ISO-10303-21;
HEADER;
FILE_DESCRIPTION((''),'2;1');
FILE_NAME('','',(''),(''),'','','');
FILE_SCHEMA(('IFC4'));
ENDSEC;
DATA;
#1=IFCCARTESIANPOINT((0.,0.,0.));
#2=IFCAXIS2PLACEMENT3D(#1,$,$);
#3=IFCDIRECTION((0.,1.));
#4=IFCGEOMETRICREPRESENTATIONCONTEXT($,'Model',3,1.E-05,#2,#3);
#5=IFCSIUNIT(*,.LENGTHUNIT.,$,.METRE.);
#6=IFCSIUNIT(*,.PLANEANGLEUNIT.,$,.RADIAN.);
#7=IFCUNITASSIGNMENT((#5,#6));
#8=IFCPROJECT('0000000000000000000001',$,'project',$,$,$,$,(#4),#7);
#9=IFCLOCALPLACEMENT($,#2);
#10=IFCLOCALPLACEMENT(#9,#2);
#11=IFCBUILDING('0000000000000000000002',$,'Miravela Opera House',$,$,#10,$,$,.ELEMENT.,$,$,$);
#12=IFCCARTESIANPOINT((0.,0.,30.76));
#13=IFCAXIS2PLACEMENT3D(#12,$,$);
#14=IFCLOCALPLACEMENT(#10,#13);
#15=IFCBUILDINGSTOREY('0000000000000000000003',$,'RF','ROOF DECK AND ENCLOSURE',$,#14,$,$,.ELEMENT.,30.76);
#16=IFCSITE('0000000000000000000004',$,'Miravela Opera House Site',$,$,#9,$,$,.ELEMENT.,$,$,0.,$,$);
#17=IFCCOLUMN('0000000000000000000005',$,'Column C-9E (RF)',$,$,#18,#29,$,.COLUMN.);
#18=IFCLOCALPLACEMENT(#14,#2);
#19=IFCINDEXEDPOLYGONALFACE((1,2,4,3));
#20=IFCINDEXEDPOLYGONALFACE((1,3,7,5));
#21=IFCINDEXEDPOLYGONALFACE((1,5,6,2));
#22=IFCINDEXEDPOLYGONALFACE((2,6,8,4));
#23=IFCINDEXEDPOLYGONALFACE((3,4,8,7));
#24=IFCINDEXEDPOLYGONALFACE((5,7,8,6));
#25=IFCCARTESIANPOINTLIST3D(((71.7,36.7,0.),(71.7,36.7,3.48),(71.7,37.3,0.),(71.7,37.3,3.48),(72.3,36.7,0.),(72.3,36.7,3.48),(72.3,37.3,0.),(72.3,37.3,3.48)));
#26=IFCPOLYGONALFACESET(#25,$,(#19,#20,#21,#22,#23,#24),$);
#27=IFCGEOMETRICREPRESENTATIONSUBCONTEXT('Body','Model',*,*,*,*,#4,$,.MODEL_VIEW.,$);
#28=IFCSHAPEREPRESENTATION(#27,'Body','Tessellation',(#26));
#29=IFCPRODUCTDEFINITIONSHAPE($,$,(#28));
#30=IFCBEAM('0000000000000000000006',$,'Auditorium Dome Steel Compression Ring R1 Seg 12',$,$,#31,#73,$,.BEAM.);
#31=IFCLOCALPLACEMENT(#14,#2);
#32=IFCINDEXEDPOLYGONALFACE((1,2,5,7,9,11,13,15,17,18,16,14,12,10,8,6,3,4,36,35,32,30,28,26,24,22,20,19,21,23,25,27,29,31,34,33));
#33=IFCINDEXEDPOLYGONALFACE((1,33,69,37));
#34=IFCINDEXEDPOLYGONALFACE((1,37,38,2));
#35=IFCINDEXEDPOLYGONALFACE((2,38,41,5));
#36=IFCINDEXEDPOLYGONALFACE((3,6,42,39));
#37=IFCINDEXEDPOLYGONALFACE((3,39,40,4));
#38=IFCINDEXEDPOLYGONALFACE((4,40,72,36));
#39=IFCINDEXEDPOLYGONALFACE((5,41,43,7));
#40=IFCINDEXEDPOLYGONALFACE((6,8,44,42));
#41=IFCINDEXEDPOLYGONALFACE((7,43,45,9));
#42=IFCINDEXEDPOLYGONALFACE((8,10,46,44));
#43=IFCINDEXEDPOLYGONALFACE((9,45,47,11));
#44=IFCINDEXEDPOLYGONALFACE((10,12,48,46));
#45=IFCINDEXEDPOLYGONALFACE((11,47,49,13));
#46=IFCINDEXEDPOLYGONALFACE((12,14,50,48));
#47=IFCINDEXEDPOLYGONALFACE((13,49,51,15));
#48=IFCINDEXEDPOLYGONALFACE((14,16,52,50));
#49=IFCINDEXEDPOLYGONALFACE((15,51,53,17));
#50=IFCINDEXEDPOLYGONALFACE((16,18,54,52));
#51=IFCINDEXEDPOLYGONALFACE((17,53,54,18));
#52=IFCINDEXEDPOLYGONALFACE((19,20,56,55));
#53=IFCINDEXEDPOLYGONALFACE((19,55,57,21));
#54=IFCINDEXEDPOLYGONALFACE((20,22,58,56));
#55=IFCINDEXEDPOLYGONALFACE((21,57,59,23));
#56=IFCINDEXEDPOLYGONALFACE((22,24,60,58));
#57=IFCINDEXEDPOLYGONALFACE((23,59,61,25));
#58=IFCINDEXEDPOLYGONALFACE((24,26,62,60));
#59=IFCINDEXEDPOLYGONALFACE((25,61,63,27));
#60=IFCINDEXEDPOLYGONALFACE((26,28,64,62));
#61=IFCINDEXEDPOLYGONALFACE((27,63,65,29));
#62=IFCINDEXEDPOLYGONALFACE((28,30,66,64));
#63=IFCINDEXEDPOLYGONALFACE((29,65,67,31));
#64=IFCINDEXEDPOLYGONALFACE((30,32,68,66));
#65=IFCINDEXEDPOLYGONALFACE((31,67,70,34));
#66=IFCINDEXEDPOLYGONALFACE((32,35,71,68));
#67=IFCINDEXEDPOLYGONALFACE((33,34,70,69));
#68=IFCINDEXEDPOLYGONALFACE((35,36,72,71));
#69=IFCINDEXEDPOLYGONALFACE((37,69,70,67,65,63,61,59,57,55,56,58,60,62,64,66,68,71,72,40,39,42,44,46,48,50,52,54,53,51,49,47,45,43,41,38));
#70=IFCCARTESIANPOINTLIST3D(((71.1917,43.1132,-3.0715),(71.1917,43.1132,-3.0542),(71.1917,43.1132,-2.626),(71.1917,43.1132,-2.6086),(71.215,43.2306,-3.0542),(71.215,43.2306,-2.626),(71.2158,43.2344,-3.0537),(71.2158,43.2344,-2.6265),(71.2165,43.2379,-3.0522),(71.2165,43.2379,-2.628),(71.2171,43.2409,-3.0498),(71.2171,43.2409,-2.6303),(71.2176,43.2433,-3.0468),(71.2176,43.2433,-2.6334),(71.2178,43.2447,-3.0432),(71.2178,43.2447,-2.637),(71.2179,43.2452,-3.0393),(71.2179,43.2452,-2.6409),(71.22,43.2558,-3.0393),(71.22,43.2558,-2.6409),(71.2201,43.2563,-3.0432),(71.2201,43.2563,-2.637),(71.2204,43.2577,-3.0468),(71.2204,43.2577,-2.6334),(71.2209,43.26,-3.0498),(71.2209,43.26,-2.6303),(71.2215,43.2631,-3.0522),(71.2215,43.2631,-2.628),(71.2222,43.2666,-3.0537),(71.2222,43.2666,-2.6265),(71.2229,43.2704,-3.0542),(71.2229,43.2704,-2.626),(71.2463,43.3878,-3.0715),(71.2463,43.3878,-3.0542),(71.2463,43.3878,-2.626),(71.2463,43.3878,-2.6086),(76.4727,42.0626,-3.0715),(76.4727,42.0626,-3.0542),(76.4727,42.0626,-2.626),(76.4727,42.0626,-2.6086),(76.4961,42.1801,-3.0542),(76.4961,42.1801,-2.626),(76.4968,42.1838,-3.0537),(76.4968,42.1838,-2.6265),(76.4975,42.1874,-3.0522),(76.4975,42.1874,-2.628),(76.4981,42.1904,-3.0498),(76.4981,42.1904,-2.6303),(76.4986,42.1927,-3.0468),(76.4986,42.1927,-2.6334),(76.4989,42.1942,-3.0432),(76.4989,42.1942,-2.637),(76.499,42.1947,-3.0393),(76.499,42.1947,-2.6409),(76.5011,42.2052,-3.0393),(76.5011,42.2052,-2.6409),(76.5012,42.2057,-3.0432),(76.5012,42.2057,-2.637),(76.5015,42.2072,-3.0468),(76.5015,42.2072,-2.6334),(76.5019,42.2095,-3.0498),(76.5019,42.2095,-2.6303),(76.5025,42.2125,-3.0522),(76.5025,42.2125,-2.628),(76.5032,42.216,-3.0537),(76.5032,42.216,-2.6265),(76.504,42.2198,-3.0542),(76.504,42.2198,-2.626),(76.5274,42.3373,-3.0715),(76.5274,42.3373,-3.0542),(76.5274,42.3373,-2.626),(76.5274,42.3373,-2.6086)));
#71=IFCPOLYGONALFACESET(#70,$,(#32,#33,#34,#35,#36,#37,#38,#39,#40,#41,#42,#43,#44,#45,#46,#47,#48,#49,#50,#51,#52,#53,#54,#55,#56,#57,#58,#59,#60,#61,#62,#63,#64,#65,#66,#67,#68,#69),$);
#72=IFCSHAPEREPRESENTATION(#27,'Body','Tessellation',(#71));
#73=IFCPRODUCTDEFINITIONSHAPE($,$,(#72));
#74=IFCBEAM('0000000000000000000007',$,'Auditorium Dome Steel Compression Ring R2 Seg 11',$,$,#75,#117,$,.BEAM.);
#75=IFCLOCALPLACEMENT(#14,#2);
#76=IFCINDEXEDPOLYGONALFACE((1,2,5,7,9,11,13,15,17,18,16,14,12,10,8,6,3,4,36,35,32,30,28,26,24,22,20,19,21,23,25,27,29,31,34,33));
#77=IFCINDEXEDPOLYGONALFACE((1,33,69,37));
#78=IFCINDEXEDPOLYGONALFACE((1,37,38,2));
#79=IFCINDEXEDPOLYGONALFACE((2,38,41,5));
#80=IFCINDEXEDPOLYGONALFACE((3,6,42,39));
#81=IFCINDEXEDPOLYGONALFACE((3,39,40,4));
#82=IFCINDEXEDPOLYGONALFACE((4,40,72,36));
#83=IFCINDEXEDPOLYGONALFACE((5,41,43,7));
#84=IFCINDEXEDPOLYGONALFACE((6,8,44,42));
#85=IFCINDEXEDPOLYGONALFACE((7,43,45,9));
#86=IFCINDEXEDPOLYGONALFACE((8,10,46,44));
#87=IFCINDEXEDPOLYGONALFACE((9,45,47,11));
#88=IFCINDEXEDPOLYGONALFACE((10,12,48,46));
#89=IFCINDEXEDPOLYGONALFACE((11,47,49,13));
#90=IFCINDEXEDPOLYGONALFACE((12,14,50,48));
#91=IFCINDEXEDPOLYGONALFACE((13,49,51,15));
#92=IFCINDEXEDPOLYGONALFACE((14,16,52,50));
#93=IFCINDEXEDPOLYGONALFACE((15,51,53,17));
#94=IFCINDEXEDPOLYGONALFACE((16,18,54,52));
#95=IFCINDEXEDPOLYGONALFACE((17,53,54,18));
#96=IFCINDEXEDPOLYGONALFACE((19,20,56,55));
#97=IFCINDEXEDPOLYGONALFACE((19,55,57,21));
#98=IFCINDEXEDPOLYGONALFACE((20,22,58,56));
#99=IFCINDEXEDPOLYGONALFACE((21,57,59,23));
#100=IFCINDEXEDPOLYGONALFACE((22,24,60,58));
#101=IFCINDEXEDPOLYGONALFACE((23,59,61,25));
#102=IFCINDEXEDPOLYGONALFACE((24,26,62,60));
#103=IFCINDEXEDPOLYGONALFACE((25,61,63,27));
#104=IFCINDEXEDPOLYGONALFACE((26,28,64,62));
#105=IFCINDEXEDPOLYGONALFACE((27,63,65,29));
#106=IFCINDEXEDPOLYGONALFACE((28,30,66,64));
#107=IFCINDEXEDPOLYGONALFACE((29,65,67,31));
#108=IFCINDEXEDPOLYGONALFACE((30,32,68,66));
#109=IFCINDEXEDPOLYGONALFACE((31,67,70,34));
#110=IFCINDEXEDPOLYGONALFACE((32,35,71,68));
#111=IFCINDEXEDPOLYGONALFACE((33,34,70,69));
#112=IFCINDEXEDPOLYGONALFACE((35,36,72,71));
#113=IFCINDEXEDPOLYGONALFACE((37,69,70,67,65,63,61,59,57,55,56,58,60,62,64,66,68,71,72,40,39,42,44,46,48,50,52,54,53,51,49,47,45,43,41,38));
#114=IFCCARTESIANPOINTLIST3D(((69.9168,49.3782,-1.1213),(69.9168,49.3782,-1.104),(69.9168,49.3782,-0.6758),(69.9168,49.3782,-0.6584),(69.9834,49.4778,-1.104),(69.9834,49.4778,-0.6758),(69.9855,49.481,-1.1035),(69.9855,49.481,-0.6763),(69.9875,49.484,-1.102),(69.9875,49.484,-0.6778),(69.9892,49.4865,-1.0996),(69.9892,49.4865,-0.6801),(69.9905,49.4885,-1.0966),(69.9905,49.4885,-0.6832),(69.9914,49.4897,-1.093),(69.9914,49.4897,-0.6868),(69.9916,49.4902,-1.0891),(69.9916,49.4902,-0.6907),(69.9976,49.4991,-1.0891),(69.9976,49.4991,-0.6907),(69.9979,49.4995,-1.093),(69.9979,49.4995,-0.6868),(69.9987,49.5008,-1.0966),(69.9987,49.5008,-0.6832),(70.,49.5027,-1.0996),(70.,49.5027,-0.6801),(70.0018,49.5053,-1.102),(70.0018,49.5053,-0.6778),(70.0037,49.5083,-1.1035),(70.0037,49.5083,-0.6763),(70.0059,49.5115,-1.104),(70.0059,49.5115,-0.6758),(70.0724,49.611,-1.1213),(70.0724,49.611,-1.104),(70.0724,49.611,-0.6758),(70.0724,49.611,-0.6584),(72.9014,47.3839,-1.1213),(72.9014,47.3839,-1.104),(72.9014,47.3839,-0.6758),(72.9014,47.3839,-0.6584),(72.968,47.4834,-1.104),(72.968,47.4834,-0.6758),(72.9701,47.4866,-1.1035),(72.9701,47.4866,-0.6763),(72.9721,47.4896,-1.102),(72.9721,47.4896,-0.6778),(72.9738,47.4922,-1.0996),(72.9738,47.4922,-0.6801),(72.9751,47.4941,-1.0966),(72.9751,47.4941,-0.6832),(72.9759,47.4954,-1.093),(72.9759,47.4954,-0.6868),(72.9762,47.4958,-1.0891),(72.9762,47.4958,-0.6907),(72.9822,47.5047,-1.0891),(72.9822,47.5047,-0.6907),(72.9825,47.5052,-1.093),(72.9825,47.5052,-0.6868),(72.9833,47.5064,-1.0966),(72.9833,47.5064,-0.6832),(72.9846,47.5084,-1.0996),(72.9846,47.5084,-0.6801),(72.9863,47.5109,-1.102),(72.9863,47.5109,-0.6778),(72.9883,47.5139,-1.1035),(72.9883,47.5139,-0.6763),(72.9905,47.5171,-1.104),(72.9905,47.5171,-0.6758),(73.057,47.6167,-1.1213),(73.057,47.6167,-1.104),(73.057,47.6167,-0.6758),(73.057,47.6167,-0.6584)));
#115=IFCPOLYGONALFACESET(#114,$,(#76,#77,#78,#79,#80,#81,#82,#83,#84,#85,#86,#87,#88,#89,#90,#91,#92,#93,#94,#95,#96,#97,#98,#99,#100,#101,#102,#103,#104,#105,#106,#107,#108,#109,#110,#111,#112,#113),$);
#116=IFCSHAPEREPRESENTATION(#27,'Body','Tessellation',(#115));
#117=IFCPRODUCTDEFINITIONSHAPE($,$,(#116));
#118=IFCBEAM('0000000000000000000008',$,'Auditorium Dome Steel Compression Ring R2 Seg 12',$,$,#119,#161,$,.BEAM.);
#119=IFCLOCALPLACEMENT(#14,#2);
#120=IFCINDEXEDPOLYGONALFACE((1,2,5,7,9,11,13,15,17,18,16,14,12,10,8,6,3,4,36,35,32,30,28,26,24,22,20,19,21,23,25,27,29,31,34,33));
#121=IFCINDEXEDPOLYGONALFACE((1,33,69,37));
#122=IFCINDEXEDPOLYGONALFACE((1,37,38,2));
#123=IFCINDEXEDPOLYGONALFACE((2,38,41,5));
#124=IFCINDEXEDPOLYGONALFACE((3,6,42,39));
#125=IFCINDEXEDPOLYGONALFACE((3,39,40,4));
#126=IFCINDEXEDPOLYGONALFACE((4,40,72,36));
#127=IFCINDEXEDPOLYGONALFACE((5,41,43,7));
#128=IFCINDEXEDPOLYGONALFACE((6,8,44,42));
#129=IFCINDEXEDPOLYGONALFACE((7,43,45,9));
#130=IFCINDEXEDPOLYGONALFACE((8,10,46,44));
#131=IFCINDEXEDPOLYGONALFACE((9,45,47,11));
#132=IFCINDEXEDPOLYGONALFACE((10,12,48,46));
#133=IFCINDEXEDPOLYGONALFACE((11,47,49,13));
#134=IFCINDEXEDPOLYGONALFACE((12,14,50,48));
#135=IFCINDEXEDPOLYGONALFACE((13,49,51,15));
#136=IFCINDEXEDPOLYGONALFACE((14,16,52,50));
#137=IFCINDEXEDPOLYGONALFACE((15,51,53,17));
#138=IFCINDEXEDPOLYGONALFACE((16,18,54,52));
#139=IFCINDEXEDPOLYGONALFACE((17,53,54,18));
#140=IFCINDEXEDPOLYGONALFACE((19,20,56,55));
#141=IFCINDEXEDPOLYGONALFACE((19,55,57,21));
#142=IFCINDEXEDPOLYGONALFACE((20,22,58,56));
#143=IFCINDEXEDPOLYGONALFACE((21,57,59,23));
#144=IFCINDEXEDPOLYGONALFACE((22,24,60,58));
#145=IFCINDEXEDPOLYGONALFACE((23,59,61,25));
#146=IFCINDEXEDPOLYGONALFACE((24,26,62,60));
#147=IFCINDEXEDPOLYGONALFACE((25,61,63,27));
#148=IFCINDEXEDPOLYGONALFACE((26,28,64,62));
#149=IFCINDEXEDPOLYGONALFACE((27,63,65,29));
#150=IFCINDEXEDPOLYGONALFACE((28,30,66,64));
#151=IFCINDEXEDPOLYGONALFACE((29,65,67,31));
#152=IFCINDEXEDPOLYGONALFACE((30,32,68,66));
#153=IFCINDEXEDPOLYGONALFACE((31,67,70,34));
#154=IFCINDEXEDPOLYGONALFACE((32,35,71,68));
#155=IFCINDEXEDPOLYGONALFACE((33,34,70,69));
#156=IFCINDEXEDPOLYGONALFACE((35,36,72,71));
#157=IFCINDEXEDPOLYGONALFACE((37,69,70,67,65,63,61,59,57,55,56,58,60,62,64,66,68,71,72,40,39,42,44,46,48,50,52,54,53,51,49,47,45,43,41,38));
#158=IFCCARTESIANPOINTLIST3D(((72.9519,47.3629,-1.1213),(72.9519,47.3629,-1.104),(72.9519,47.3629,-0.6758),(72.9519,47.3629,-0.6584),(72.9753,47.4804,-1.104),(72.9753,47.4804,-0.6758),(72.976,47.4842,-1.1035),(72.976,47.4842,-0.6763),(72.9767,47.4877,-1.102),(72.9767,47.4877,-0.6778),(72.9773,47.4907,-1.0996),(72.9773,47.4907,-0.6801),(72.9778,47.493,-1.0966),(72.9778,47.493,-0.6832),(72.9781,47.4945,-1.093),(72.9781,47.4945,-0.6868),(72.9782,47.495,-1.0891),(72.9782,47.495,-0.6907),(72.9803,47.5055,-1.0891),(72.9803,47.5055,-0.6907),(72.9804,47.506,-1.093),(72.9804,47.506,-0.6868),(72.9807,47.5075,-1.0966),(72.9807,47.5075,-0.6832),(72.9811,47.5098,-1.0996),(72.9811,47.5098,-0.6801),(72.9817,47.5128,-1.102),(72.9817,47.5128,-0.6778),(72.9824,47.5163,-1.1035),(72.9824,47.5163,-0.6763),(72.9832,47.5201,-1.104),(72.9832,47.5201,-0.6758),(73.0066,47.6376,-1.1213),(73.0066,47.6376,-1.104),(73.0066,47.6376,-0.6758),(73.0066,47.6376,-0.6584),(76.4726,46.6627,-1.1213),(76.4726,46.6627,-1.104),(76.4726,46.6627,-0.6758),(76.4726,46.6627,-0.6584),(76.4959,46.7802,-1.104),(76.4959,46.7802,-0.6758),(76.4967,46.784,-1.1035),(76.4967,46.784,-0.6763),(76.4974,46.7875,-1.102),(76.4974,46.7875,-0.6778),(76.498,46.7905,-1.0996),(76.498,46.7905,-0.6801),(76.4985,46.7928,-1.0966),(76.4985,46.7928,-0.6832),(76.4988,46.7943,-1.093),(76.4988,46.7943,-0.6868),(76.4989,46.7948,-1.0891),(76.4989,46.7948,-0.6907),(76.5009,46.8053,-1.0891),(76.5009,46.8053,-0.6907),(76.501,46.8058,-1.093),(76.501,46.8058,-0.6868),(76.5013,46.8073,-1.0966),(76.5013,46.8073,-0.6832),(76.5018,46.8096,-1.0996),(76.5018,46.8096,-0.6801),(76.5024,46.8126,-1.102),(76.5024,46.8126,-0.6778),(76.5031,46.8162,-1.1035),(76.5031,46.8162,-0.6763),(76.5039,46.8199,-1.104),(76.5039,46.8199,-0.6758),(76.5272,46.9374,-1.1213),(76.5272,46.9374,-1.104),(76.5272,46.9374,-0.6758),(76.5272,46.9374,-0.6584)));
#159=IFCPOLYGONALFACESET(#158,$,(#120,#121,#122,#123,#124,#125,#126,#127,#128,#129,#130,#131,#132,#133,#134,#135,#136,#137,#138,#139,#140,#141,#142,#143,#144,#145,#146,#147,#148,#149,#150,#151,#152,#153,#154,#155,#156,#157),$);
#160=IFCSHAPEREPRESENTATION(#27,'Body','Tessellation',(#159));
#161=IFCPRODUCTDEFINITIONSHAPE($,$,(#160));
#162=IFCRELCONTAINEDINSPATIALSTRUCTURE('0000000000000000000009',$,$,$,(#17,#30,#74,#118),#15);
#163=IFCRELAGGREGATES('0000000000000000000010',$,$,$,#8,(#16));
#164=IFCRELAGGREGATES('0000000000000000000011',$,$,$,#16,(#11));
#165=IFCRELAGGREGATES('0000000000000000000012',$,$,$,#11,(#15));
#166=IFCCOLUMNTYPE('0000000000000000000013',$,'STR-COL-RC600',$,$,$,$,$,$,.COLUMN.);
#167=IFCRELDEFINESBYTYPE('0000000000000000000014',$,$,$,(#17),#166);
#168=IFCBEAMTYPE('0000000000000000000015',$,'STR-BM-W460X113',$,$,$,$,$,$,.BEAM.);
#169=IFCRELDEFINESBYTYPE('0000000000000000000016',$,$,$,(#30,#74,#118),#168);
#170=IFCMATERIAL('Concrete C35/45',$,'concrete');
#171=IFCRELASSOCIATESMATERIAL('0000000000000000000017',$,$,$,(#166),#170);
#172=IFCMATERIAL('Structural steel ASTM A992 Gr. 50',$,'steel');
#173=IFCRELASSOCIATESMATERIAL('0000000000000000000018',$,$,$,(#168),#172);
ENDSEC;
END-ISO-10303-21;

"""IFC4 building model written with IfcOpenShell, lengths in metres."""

from ifc_helpers import new_model, si_unit, direction, frame, origin, origin_2d, place, context, subcontext, project, spatial, rectangle, i_section, extrude, material, material_profile, profile_set, type_object, element, save


model = new_model("IFC4")

# Units and contexts
model_context = context("Model", 3, precision=1e-05, world=origin(), true_north=direction((0.0, 1.0)))
body_context = subcontext(model_context, "Body", "Model", "MODEL_VIEW")
ifc_project = project(units=[si_unit("LENGTHUNIT", "METRE"), si_unit("PLANEANGLEUNIT", "RADIAN")], contexts=[model_context])

# Site, building, storey
site_placement = place(None, origin())
site = spatial("IfcSite", under=ifc_project, at=site_placement, Name="Miravela Opera House Site", CompositionType="ELEMENT", RefElevation=0.0)
building_placement = place(site_placement, origin())
building = spatial("IfcBuilding", under=site, at=building_placement, Name="Miravela Opera House", CompositionType="ELEMENT")
storey_placement = place(building_placement, frame((0.0, 0.0, 30.76)))
storey = spatial("IfcBuildingStorey", under=building, at=storey_placement, Name="RF", Description="ROOF DECK AND ENCLOSURE", CompositionType="ELEMENT", Elevation=30.76)

# Column
ifc_material_1 = material(Name="Concrete C35/45", Category="concrete")
ifc_material_profile_1 = material_profile(ifc_material_1, rectangle(XDim=0.6001, YDim=0.6001, at=origin_2d()), Name="RC-COL-600X600")
ifc_profile_set_1 = profile_set([ifc_material_profile_1])
column_type = type_object("IfcColumnType", Name="STR-COL-RC600", PredefinedType="COLUMN", material=ifc_profile_set_1)
column_placement = place(storey_placement, frame((72.0, 37.0, 0.0), z_axis=(0.0, 0.0, 1.0), x_axis=(1.0, 0.0, 0.0)))
element("IfcColumn", 1, at=column_placement, inside=storey, type_object=column_type, Name="Column C-9E (RF)", PredefinedType="COLUMN", context=body_context, shape_type="SweptSolid", body=[
    extrude(rectangle(XDim=0.6001, YDim=0.6001, at=origin_2d()), origin(), (0.0, 0.0, 1.0), 3.48),
])

# Beams
ifc_material_2 = material(Name="Structural steel ASTM A992 Gr. 50", Category="steel")
ifc_material_profile_2 = material_profile(ifc_material_2, i_section(OverallWidth=0.28, OverallDepth=0.4629, WebThickness=0.0107, FlangeThickness=0.0173, FilletRadius=0.0149, at=origin_2d()), Name="W460X113")
ifc_profile_set_2 = profile_set([ifc_material_profile_2])
beam_type = type_object("IfcBeamType", Name="STR-BM-W460X113", PredefinedType="BEAM", material=ifc_profile_set_2)
beam_placement = place(storey_placement, frame((71.219, 43.2505, -2.8401), z_axis=(0.980782, -0.195105, 0.0), x_axis=(0.195105, 0.980782, 0.0)))
element("IfcBeam", 2, at=beam_placement, inside=storey, type_object=beam_type, Name="Auditorium Dome Steel Compression Ring R1 Seg 12", PredefinedType="BEAM", context=body_context, shape_type="SweptSolid", body=[
    extrude(i_section(OverallWidth=0.28, OverallDepth=0.4629, WebThickness=0.0107, FlangeThickness=0.0173, FilletRadius=0.0149, at=origin_2d()), origin(), (0.0, 0.0, 1.0), 5.3845),
])
for number, where, z_axis, x_axis, name in (
    (3, (69.9946, 49.4946, -0.8899), (0.831453, -0.555595, 0.0), (0.555595, 0.831453, 0.0), "Auditorium Dome Steel Compression Ring R2 Seg 11"),
    (4, (72.9792, 47.5002, -0.8899), (0.980792, -0.195057, 0.0), (0.195057, 0.980792, 0.0), "Auditorium Dome Steel Compression Ring R2 Seg 12"),
):
    element("IfcBeam", number, at=place(storey_placement, frame(where, z_axis=z_axis, x_axis=x_axis)), inside=storey, type_object=beam_type, Name=name, PredefinedType="BEAM", context=body_context, shape_type="SweptSolid", body=[
        extrude(i_section(OverallWidth=0.28, OverallDepth=0.4629, WebThickness=0.0107, FlangeThickness=0.0173, FilletRadius=0.0149, at=origin_2d()), origin(), (0.0, 0.0, 1.0), 3.5896),
    ])

save(model, "model.ifc")
